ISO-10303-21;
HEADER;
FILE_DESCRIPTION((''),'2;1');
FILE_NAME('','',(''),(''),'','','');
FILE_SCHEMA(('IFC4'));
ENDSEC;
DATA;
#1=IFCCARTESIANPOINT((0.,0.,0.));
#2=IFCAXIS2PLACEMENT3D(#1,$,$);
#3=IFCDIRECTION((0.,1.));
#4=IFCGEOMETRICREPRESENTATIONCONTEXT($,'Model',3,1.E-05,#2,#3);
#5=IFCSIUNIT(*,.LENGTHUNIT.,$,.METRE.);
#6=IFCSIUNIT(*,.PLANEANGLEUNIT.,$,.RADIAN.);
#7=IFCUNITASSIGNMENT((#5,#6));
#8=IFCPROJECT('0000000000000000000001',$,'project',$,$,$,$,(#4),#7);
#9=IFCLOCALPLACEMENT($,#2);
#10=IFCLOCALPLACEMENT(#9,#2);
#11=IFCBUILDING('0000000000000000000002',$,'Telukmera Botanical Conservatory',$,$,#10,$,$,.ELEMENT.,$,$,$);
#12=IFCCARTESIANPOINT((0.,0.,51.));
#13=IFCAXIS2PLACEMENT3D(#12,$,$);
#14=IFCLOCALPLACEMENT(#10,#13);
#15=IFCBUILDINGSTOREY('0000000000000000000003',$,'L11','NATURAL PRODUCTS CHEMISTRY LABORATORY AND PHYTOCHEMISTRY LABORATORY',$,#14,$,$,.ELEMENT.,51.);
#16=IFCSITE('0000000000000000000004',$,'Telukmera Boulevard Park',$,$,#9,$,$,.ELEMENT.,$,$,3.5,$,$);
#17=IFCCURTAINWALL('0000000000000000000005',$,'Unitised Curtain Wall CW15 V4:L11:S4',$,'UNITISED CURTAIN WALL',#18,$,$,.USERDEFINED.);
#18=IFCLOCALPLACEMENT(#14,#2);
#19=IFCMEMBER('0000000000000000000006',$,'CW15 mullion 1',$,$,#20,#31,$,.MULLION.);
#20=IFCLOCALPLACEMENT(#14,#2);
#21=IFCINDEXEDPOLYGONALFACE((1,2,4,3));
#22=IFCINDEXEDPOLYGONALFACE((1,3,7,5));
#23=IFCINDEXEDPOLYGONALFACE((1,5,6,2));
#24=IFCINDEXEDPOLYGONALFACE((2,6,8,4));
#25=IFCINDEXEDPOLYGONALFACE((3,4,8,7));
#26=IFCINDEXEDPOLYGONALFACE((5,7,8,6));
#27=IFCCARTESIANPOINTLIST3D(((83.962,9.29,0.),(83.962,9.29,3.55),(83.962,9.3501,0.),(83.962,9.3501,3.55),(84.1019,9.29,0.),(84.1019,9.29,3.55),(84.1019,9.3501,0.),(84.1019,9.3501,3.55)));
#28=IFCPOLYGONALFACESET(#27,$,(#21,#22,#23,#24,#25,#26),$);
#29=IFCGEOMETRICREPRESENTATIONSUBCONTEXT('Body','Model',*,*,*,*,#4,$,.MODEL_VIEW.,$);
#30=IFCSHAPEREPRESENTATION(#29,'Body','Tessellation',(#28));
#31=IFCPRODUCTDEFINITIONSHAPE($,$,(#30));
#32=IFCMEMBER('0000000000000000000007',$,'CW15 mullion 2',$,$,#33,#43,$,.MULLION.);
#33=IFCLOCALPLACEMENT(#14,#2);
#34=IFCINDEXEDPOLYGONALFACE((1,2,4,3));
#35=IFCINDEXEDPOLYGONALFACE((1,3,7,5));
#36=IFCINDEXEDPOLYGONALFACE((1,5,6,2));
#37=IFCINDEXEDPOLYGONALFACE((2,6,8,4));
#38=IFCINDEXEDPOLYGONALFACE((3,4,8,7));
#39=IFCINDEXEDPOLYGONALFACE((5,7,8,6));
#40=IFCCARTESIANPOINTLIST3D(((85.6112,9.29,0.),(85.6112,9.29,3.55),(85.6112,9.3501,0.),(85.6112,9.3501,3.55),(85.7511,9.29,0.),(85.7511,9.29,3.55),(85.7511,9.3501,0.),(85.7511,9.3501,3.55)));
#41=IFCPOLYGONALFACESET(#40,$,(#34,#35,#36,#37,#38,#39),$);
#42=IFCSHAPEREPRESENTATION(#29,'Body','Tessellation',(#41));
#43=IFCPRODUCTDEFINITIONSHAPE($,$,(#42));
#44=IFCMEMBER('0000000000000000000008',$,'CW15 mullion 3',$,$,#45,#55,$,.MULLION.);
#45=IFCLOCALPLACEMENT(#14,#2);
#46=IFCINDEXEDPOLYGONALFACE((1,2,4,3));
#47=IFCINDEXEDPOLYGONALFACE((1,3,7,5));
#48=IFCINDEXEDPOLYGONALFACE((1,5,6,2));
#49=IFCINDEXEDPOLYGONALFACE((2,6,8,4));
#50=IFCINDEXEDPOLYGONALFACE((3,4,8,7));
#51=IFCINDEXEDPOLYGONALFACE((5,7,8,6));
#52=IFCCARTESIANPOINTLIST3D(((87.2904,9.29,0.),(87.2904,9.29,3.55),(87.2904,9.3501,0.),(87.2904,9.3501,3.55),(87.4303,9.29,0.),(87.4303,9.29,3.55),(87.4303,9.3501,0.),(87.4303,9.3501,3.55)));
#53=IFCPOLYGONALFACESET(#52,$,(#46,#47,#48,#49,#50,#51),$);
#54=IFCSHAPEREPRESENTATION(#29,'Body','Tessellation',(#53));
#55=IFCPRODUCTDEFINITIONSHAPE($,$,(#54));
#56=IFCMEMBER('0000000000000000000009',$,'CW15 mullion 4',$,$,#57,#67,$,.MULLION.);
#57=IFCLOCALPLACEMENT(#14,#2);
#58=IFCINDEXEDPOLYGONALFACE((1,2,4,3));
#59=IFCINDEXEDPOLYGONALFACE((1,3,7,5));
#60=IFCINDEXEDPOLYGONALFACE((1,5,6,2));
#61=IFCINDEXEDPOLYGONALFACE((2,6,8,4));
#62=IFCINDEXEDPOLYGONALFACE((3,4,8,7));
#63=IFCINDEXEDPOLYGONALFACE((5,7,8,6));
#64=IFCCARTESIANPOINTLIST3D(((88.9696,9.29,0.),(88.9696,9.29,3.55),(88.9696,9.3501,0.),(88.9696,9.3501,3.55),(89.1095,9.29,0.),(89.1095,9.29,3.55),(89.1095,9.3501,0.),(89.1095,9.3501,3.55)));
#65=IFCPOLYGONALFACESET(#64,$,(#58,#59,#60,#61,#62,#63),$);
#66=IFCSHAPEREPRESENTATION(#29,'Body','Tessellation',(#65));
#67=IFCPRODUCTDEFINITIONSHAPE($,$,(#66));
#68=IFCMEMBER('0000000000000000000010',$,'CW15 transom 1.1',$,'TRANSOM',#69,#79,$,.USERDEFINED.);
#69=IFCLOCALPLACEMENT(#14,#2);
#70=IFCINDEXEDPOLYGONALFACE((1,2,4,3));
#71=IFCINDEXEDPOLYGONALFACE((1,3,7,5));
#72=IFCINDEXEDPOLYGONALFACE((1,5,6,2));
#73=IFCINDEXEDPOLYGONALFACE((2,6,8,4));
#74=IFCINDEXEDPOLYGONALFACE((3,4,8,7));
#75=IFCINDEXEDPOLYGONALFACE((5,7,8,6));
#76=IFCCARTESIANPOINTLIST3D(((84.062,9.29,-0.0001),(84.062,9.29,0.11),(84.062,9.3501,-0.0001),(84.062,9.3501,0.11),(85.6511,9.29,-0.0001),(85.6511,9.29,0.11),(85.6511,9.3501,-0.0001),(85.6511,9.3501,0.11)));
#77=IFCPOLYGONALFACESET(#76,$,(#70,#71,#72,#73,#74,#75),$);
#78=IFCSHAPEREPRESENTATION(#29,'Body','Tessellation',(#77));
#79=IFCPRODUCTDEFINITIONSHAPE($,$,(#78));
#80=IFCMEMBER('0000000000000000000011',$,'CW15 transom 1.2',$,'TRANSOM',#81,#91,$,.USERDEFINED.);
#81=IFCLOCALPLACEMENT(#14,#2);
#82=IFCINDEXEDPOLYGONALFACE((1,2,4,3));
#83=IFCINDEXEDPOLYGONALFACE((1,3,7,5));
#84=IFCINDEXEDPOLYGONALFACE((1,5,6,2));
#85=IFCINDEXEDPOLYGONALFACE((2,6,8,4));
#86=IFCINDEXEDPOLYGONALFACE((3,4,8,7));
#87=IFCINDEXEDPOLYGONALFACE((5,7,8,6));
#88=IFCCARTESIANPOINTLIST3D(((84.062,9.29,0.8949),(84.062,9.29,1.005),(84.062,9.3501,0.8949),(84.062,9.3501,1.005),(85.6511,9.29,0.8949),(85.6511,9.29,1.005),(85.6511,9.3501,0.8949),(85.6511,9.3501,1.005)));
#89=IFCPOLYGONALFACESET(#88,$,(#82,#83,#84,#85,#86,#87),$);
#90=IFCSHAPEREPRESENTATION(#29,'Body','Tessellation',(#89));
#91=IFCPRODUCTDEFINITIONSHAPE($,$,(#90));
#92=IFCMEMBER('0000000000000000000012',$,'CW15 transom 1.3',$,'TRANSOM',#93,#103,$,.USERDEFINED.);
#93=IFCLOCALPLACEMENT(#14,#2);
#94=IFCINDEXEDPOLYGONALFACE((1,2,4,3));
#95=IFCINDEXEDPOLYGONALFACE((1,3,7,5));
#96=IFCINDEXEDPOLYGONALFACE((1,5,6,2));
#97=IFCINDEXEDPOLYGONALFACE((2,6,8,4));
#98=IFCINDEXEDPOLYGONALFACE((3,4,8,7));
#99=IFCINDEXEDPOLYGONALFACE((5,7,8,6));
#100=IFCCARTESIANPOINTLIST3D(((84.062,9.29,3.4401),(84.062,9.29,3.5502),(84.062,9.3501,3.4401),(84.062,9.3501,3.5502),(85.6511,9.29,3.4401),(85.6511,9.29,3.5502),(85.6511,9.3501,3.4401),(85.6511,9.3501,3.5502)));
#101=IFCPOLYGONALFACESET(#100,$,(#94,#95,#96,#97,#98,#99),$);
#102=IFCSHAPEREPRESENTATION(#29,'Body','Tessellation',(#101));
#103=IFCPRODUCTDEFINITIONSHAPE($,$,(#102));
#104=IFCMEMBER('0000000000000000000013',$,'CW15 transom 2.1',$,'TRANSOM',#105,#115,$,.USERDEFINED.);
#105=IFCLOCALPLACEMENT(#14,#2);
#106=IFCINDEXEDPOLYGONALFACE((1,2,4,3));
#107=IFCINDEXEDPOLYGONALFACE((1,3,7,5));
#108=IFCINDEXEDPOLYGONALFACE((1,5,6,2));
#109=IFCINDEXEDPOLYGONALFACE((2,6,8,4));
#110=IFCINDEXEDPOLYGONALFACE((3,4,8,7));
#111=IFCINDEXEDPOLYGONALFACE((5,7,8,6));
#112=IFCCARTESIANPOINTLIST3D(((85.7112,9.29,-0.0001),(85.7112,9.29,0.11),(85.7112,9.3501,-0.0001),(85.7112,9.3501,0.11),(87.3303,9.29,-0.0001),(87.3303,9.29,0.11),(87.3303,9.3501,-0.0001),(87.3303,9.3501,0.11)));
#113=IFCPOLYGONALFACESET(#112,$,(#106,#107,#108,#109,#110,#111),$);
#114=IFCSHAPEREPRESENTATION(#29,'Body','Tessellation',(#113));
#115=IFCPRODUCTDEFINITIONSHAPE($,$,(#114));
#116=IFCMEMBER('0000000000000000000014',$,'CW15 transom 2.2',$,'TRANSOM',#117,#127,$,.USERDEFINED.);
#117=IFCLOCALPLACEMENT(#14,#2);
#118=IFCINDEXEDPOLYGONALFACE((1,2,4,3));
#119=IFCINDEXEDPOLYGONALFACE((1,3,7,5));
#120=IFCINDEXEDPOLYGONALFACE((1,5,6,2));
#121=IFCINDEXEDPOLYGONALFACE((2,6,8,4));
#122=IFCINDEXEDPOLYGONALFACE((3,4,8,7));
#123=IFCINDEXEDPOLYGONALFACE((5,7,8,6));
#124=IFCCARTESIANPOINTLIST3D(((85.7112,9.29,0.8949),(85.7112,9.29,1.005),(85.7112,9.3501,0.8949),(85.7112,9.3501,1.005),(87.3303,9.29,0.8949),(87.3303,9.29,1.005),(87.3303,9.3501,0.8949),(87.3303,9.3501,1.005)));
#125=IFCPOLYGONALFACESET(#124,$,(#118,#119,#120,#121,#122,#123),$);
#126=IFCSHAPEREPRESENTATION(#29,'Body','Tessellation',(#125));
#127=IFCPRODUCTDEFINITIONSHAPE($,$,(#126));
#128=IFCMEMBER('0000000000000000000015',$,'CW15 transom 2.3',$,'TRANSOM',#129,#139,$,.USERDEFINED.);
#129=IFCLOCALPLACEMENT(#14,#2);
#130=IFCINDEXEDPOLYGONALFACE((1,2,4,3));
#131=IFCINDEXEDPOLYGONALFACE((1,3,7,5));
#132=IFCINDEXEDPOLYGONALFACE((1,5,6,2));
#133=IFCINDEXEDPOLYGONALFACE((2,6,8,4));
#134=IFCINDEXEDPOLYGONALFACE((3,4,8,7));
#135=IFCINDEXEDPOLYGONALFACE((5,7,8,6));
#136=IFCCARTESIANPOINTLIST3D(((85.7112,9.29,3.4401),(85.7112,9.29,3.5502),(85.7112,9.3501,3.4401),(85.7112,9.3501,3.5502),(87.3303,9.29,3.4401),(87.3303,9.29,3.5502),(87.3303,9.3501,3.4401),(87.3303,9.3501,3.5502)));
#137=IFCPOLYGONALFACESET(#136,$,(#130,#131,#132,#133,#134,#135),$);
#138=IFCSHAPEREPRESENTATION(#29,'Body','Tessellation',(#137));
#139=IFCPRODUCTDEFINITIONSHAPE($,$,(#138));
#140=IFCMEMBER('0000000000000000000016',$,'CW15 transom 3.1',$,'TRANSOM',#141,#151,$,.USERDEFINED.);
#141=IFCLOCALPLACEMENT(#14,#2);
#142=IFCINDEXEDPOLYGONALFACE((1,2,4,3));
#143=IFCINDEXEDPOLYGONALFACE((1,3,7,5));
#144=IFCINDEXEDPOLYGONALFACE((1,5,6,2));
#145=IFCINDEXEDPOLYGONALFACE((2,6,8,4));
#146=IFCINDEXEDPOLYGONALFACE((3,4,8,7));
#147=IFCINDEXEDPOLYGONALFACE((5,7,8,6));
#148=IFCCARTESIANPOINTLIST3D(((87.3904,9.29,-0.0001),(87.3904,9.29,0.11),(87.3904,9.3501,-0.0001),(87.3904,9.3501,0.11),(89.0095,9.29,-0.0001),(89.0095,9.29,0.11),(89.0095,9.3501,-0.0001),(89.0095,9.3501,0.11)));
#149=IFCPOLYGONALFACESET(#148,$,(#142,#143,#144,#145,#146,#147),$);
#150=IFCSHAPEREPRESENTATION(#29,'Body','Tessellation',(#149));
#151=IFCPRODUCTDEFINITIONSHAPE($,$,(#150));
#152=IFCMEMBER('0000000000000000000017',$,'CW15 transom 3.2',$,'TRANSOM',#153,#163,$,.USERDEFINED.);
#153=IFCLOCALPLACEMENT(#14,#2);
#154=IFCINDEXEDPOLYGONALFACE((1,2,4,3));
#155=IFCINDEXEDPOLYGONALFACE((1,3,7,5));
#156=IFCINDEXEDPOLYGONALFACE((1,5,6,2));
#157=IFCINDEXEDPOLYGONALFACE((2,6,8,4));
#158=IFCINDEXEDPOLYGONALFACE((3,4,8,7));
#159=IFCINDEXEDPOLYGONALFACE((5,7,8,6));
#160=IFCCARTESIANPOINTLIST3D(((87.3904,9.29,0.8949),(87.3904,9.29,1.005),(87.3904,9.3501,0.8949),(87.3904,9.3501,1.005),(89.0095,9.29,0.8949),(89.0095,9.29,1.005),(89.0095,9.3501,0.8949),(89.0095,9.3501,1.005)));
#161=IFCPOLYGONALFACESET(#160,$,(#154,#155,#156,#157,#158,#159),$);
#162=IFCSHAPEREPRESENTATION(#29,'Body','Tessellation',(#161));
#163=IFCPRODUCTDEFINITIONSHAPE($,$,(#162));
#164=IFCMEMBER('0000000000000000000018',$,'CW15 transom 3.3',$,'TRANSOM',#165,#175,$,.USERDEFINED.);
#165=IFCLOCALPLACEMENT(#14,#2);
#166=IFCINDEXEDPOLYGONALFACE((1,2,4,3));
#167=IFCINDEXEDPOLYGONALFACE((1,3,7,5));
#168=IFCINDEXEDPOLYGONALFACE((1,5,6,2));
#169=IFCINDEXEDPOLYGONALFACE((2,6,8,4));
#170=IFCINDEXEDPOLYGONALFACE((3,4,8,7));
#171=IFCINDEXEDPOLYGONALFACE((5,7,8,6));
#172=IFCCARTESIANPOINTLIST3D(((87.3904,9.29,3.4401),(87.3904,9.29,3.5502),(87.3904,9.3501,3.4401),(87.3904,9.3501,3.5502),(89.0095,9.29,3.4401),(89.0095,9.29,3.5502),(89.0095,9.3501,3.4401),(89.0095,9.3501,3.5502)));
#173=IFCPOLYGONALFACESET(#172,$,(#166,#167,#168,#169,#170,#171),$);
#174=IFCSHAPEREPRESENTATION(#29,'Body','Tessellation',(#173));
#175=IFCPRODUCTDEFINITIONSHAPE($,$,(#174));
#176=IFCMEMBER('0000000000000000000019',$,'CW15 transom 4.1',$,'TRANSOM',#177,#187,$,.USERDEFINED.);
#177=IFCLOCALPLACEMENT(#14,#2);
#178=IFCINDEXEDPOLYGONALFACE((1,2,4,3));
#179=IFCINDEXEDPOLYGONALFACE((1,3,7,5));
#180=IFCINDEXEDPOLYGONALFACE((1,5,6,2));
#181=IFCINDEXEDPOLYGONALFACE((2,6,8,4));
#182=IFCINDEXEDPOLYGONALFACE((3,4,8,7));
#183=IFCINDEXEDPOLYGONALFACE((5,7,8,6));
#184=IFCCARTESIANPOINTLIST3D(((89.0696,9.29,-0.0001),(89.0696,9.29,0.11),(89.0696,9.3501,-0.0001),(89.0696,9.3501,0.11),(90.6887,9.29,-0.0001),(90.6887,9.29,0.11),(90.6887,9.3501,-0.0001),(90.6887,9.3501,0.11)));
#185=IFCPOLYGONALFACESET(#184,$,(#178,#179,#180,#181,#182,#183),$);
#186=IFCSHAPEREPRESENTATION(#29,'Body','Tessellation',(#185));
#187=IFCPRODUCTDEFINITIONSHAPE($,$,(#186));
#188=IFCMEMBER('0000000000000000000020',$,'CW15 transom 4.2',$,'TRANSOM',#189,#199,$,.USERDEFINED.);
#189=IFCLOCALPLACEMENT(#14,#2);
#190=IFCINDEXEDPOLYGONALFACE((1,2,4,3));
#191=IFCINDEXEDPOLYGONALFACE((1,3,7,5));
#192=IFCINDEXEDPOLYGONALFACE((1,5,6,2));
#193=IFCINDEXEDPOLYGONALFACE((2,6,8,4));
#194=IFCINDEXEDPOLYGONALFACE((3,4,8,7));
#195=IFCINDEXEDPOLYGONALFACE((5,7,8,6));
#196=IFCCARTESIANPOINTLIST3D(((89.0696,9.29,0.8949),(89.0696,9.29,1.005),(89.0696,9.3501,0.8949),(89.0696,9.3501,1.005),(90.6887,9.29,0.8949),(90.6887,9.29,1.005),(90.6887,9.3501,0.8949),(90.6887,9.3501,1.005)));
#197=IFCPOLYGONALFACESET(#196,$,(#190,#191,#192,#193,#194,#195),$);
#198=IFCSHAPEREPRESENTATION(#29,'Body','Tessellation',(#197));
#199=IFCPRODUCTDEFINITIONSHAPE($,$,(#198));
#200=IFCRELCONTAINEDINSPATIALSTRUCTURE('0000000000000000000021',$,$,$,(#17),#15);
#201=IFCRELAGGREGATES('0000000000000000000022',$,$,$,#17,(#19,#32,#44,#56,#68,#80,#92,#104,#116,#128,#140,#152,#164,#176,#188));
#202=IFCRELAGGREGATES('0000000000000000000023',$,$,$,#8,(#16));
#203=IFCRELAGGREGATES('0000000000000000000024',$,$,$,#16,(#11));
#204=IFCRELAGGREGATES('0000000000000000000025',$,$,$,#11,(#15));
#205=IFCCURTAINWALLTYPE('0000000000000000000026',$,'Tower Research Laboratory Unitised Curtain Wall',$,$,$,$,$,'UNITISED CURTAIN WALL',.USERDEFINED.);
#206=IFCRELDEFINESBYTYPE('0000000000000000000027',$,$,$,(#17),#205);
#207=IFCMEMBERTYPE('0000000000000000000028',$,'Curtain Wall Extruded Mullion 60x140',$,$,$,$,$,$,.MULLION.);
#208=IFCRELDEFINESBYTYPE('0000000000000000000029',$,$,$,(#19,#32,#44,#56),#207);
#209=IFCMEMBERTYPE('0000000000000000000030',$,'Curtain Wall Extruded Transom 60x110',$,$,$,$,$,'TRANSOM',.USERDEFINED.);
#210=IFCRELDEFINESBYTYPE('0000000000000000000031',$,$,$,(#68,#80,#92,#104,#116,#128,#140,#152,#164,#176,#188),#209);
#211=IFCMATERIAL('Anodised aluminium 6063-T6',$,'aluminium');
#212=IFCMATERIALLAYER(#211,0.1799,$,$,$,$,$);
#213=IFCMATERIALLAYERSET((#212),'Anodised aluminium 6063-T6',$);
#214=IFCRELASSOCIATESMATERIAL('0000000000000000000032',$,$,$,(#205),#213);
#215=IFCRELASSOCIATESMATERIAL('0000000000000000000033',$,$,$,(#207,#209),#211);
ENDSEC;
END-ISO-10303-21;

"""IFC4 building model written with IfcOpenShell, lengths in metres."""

from ifc_helpers import new_model, si_unit, direction, frame, origin, origin_2d, place, context, subcontext, project, spatial, rectangle, extrude, material, layer, layer_set, material_profile, profile_set, type_object, element, aggregate, save


model = new_model("IFC4")

# Units and contexts
model_context = context("Model", 3, precision=1e-05, world=origin(), true_north=direction((0.0, 1.0)))
body_context = subcontext(model_context, "Body", "Model", "MODEL_VIEW")
ifc_project = project(units=[si_unit("LENGTHUNIT", "METRE"), si_unit("PLANEANGLEUNIT", "RADIAN")], contexts=[model_context])

# Site, building, storey
site_placement = place(None, origin())
site = spatial("IfcSite", under=ifc_project, at=site_placement, Name="Telukmera Boulevard Park", CompositionType="ELEMENT", RefElevation=3.5)
building_placement = place(site_placement, origin())
building = spatial("IfcBuilding", under=site, at=building_placement, Name="Telukmera Botanical Conservatory", CompositionType="ELEMENT")
storey_placement = place(building_placement, frame((0.0, 0.0, 51.0)))
storey = spatial("IfcBuildingStorey", under=building, at=storey_placement, Name="L11", Description="NATURAL PRODUCTS CHEMISTRY LABORATORY AND PHYTOCHEMISTRY LABORATORY", CompositionType="ELEMENT", Elevation=51.0)

# Curtain wall, members
ifc_material_1 = material(Name="Anodised aluminium 6063-T6", Category="aluminium")
ifc_layer_1 = layer(ifc_material_1, 0.1799)
ifc_layer_set_1 = layer_set([ifc_layer_1], Name="Anodised aluminium 6063-T6")
curtain_wall_type = type_object("IfcCurtainWallType", Name="Tower Research Laboratory Unitised Curtain Wall", ElementType="UNITISED CURTAIN WALL", PredefinedType="USERDEFINED", material=ifc_layer_set_1)
curtain_wall_placement = place(storey_placement, origin())
curtain_wall = element("IfcCurtainWall", 1, at=curtain_wall_placement, inside=storey, type_object=curtain_wall_type, Name="Unitised Curtain Wall CW15 V4:L11:S4", ObjectType="UNITISED CURTAIN WALL", PredefinedType="USERDEFINED")
ifc_material_profile_1 = material_profile(ifc_material_1, rectangle(XDim=0.0601, YDim=0.1399, at=origin_2d()), Name="ALU MULL 60x140")
ifc_profile_set_1 = profile_set([ifc_material_profile_1], Name="Anodised aluminium 6063-T6")
member_type_1 = type_object("IfcMemberType", Name="Curtain Wall Extruded Mullion 60x140", PredefinedType="MULLION", material=ifc_profile_set_1)
member_1_placement = place(storey_placement, frame((84.032, 9.3201, 0.0), z_axis=(0.0, 0.0, 1.0), x_axis=(0.0, 1.0, 0.0)))
member_1 = element("IfcMember", 2, at=member_1_placement, type_object=member_type_1, Name="CW15 mullion 1", PredefinedType="MULLION", context=body_context, shape_type="SweptSolid", body=[
    extrude(rectangle(XDim=0.0601, YDim=0.1399, at=origin_2d()), origin(), (0.0, 0.0, 1.0), 3.55),
])
member_2_placement = place(storey_placement, frame((85.6812, 9.3201, 0.0), z_axis=(0.0, 0.0, 1.0), x_axis=(0.0, 1.0, 0.0)))
member_2 = element("IfcMember", 3, at=member_2_placement, type_object=member_type_1, Name="CW15 mullion 2", PredefinedType="MULLION", context=body_context, shape_type="SweptSolid", body=[
    extrude(rectangle(XDim=0.0601, YDim=0.1399, at=origin_2d()), origin(), (0.0, 0.0, 1.0), 3.55),
])
member_3_placement = place(storey_placement, frame((87.3604, 9.3201, 0.0), z_axis=(0.0, 0.0, 1.0), x_axis=(0.0, 1.0, 0.0)))
member_3 = element("IfcMember", 4, at=member_3_placement, type_object=member_type_1, Name="CW15 mullion 3", PredefinedType="MULLION", context=body_context, shape_type="SweptSolid", body=[
    extrude(rectangle(XDim=0.0601, YDim=0.1399, at=origin_2d()), origin(), (0.0, 0.0, 1.0), 3.55),
])
member_4_placement = place(storey_placement, frame((89.0396, 9.3201, 0.0), z_axis=(0.0, 0.0, 1.0), x_axis=(0.0, 1.0, 0.0)))
member_4 = element("IfcMember", 5, at=member_4_placement, type_object=member_type_1, Name="CW15 mullion 4", PredefinedType="MULLION", context=body_context, shape_type="SweptSolid", body=[
    extrude(rectangle(XDim=0.0601, YDim=0.1399, at=origin_2d()), origin(), (0.0, 0.0, 1.0), 3.55),
])
ifc_material_profile_2 = material_profile(ifc_material_1, rectangle(XDim=0.0601, YDim=0.1101, at=origin_2d()), Name="ALU TRAN 60x110")
ifc_profile_set_2 = profile_set([ifc_material_profile_2], Name="Anodised aluminium 6063-T6")
member_type_2 = type_object("IfcMemberType", Name="Curtain Wall Extruded Transom 60x110", ElementType="TRANSOM", PredefinedType="USERDEFINED", material=ifc_profile_set_2)
member_5_placement = place(storey_placement, frame((84.062, 9.3201, 0.0549), z_axis=(1.0, 0.0, 0.0), x_axis=(0.0, 1.0, 0.0)))
member_5 = element("IfcMember", 6, at=member_5_placement, type_object=member_type_2, Name="CW15 transom 1.1", ObjectType="TRANSOM", PredefinedType="USERDEFINED", context=body_context, shape_type="SweptSolid", body=[
    extrude(rectangle(XDim=0.0601, YDim=0.1101, at=origin_2d()), origin(), (0.0, 0.0, 1.0), 1.5891),
])
member_6_placement = place(storey_placement, frame((84.062, 9.3201, 0.95), z_axis=(1.0, 0.0, 0.0), x_axis=(0.0, 1.0, 0.0)))
member_6 = element("IfcMember", 7, at=member_6_placement, type_object=member_type_2, Name="CW15 transom 1.2", ObjectType="TRANSOM", PredefinedType="USERDEFINED", context=body_context, shape_type="SweptSolid", body=[
    extrude(rectangle(XDim=0.0601, YDim=0.1101, at=origin_2d()), origin(), (0.0, 0.0, 1.0), 1.5891),
])
member_7_placement = place(storey_placement, frame((84.062, 9.3201, 3.4951), z_axis=(1.0, 0.0, 0.0), x_axis=(0.0, 1.0, 0.0)))
member_7 = element("IfcMember", 8, at=member_7_placement, type_object=member_type_2, Name="CW15 transom 1.3", ObjectType="TRANSOM", PredefinedType="USERDEFINED", context=body_context, shape_type="SweptSolid", body=[
    extrude(rectangle(XDim=0.0601, YDim=0.1101, at=origin_2d()), origin(), (0.0, 0.0, 1.0), 1.5891),
])
member_8_placement = place(storey_placement, frame((85.7112, 9.3201, 0.0549), z_axis=(1.0, 0.0, 0.0), x_axis=(0.0, 1.0, 0.0)))
member_8 = element("IfcMember", 9, at=member_8_placement, type_object=member_type_2, Name="CW15 transom 2.1", ObjectType="TRANSOM", PredefinedType="USERDEFINED", context=body_context, shape_type="SweptSolid", body=[
    extrude(rectangle(XDim=0.0601, YDim=0.1101, at=origin_2d()), origin(), (0.0, 0.0, 1.0), 1.6191),
])
member_9_placement = place(storey_placement, frame((85.7112, 9.3201, 0.95), z_axis=(1.0, 0.0, 0.0), x_axis=(0.0, 1.0, 0.0)))
member_9 = element("IfcMember", 10, at=member_9_placement, type_object=member_type_2, Name="CW15 transom 2.2", ObjectType="TRANSOM", PredefinedType="USERDEFINED", context=body_context, shape_type="SweptSolid", body=[
    extrude(rectangle(XDim=0.0601, YDim=0.1101, at=origin_2d()), origin(), (0.0, 0.0, 1.0), 1.6191),
])
member_10_placement = place(storey_placement, frame((85.7112, 9.3201, 3.4951), z_axis=(1.0, 0.0, 0.0), x_axis=(0.0, 1.0, 0.0)))
member_10 = element("IfcMember", 11, at=member_10_placement, type_object=member_type_2, Name="CW15 transom 2.3", ObjectType="TRANSOM", PredefinedType="USERDEFINED", context=body_context, shape_type="SweptSolid", body=[
    extrude(rectangle(XDim=0.0601, YDim=0.1101, at=origin_2d()), origin(), (0.0, 0.0, 1.0), 1.6191),
])
member_11_placement = place(storey_placement, frame((87.3904, 9.3201, 0.0549), z_axis=(1.0, 0.0, 0.0), x_axis=(0.0, 1.0, 0.0)))
member_11 = element("IfcMember", 12, at=member_11_placement, type_object=member_type_2, Name="CW15 transom 3.1", ObjectType="TRANSOM", PredefinedType="USERDEFINED", context=body_context, shape_type="SweptSolid", body=[
    extrude(rectangle(XDim=0.0601, YDim=0.1101, at=origin_2d()), origin(), (0.0, 0.0, 1.0), 1.6191),
])
member_12_placement = place(storey_placement, frame((87.3904, 9.3201, 0.95), z_axis=(1.0, 0.0, 0.0), x_axis=(0.0, 1.0, 0.0)))
member_12 = element("IfcMember", 13, at=member_12_placement, type_object=member_type_2, Name="CW15 transom 3.2", ObjectType="TRANSOM", PredefinedType="USERDEFINED", context=body_context, shape_type="SweptSolid", body=[
    extrude(rectangle(XDim=0.0601, YDim=0.1101, at=origin_2d()), origin(), (0.0, 0.0, 1.0), 1.6191),
])
member_13_placement = place(storey_placement, frame((87.3904, 9.3201, 3.4951), z_axis=(1.0, 0.0, 0.0), x_axis=(0.0, 1.0, 0.0)))
member_13 = element("IfcMember", 14, at=member_13_placement, type_object=member_type_2, Name="CW15 transom 3.3", ObjectType="TRANSOM", PredefinedType="USERDEFINED", context=body_context, shape_type="SweptSolid", body=[
    extrude(rectangle(XDim=0.0601, YDim=0.1101, at=origin_2d()), origin(), (0.0, 0.0, 1.0), 1.6191),
])
member_14_placement = place(storey_placement, frame((89.0696, 9.3201, 0.0549), z_axis=(1.0, 0.0, 0.0), x_axis=(0.0, 1.0, 0.0)))
member_14 = element("IfcMember", 15, at=member_14_placement, type_object=member_type_2, Name="CW15 transom 4.1", ObjectType="TRANSOM", PredefinedType="USERDEFINED", context=body_context, shape_type="SweptSolid", body=[
    extrude(rectangle(XDim=0.0601, YDim=0.1101, at=origin_2d()), origin(), (0.0, 0.0, 1.0), 1.6191),
])
member_15_placement = place(storey_placement, frame((89.0696, 9.3201, 0.95), z_axis=(1.0, 0.0, 0.0), x_axis=(0.0, 1.0, 0.0)))
member_15 = element("IfcMember", 16, at=member_15_placement, type_object=member_type_2, Name="CW15 transom 4.2", ObjectType="TRANSOM", PredefinedType="USERDEFINED", context=body_context, shape_type="SweptSolid", body=[
    extrude(rectangle(XDim=0.0601, YDim=0.1101, at=origin_2d()), origin(), (0.0, 0.0, 1.0), 1.6191),
])
aggregate(curtain_wall, [member_1, member_2, member_3, member_4, member_5, member_6, member_7, member_8, member_9, member_10, member_11, member_12, member_13, member_14, member_15])

save(model, "model.ifc")
